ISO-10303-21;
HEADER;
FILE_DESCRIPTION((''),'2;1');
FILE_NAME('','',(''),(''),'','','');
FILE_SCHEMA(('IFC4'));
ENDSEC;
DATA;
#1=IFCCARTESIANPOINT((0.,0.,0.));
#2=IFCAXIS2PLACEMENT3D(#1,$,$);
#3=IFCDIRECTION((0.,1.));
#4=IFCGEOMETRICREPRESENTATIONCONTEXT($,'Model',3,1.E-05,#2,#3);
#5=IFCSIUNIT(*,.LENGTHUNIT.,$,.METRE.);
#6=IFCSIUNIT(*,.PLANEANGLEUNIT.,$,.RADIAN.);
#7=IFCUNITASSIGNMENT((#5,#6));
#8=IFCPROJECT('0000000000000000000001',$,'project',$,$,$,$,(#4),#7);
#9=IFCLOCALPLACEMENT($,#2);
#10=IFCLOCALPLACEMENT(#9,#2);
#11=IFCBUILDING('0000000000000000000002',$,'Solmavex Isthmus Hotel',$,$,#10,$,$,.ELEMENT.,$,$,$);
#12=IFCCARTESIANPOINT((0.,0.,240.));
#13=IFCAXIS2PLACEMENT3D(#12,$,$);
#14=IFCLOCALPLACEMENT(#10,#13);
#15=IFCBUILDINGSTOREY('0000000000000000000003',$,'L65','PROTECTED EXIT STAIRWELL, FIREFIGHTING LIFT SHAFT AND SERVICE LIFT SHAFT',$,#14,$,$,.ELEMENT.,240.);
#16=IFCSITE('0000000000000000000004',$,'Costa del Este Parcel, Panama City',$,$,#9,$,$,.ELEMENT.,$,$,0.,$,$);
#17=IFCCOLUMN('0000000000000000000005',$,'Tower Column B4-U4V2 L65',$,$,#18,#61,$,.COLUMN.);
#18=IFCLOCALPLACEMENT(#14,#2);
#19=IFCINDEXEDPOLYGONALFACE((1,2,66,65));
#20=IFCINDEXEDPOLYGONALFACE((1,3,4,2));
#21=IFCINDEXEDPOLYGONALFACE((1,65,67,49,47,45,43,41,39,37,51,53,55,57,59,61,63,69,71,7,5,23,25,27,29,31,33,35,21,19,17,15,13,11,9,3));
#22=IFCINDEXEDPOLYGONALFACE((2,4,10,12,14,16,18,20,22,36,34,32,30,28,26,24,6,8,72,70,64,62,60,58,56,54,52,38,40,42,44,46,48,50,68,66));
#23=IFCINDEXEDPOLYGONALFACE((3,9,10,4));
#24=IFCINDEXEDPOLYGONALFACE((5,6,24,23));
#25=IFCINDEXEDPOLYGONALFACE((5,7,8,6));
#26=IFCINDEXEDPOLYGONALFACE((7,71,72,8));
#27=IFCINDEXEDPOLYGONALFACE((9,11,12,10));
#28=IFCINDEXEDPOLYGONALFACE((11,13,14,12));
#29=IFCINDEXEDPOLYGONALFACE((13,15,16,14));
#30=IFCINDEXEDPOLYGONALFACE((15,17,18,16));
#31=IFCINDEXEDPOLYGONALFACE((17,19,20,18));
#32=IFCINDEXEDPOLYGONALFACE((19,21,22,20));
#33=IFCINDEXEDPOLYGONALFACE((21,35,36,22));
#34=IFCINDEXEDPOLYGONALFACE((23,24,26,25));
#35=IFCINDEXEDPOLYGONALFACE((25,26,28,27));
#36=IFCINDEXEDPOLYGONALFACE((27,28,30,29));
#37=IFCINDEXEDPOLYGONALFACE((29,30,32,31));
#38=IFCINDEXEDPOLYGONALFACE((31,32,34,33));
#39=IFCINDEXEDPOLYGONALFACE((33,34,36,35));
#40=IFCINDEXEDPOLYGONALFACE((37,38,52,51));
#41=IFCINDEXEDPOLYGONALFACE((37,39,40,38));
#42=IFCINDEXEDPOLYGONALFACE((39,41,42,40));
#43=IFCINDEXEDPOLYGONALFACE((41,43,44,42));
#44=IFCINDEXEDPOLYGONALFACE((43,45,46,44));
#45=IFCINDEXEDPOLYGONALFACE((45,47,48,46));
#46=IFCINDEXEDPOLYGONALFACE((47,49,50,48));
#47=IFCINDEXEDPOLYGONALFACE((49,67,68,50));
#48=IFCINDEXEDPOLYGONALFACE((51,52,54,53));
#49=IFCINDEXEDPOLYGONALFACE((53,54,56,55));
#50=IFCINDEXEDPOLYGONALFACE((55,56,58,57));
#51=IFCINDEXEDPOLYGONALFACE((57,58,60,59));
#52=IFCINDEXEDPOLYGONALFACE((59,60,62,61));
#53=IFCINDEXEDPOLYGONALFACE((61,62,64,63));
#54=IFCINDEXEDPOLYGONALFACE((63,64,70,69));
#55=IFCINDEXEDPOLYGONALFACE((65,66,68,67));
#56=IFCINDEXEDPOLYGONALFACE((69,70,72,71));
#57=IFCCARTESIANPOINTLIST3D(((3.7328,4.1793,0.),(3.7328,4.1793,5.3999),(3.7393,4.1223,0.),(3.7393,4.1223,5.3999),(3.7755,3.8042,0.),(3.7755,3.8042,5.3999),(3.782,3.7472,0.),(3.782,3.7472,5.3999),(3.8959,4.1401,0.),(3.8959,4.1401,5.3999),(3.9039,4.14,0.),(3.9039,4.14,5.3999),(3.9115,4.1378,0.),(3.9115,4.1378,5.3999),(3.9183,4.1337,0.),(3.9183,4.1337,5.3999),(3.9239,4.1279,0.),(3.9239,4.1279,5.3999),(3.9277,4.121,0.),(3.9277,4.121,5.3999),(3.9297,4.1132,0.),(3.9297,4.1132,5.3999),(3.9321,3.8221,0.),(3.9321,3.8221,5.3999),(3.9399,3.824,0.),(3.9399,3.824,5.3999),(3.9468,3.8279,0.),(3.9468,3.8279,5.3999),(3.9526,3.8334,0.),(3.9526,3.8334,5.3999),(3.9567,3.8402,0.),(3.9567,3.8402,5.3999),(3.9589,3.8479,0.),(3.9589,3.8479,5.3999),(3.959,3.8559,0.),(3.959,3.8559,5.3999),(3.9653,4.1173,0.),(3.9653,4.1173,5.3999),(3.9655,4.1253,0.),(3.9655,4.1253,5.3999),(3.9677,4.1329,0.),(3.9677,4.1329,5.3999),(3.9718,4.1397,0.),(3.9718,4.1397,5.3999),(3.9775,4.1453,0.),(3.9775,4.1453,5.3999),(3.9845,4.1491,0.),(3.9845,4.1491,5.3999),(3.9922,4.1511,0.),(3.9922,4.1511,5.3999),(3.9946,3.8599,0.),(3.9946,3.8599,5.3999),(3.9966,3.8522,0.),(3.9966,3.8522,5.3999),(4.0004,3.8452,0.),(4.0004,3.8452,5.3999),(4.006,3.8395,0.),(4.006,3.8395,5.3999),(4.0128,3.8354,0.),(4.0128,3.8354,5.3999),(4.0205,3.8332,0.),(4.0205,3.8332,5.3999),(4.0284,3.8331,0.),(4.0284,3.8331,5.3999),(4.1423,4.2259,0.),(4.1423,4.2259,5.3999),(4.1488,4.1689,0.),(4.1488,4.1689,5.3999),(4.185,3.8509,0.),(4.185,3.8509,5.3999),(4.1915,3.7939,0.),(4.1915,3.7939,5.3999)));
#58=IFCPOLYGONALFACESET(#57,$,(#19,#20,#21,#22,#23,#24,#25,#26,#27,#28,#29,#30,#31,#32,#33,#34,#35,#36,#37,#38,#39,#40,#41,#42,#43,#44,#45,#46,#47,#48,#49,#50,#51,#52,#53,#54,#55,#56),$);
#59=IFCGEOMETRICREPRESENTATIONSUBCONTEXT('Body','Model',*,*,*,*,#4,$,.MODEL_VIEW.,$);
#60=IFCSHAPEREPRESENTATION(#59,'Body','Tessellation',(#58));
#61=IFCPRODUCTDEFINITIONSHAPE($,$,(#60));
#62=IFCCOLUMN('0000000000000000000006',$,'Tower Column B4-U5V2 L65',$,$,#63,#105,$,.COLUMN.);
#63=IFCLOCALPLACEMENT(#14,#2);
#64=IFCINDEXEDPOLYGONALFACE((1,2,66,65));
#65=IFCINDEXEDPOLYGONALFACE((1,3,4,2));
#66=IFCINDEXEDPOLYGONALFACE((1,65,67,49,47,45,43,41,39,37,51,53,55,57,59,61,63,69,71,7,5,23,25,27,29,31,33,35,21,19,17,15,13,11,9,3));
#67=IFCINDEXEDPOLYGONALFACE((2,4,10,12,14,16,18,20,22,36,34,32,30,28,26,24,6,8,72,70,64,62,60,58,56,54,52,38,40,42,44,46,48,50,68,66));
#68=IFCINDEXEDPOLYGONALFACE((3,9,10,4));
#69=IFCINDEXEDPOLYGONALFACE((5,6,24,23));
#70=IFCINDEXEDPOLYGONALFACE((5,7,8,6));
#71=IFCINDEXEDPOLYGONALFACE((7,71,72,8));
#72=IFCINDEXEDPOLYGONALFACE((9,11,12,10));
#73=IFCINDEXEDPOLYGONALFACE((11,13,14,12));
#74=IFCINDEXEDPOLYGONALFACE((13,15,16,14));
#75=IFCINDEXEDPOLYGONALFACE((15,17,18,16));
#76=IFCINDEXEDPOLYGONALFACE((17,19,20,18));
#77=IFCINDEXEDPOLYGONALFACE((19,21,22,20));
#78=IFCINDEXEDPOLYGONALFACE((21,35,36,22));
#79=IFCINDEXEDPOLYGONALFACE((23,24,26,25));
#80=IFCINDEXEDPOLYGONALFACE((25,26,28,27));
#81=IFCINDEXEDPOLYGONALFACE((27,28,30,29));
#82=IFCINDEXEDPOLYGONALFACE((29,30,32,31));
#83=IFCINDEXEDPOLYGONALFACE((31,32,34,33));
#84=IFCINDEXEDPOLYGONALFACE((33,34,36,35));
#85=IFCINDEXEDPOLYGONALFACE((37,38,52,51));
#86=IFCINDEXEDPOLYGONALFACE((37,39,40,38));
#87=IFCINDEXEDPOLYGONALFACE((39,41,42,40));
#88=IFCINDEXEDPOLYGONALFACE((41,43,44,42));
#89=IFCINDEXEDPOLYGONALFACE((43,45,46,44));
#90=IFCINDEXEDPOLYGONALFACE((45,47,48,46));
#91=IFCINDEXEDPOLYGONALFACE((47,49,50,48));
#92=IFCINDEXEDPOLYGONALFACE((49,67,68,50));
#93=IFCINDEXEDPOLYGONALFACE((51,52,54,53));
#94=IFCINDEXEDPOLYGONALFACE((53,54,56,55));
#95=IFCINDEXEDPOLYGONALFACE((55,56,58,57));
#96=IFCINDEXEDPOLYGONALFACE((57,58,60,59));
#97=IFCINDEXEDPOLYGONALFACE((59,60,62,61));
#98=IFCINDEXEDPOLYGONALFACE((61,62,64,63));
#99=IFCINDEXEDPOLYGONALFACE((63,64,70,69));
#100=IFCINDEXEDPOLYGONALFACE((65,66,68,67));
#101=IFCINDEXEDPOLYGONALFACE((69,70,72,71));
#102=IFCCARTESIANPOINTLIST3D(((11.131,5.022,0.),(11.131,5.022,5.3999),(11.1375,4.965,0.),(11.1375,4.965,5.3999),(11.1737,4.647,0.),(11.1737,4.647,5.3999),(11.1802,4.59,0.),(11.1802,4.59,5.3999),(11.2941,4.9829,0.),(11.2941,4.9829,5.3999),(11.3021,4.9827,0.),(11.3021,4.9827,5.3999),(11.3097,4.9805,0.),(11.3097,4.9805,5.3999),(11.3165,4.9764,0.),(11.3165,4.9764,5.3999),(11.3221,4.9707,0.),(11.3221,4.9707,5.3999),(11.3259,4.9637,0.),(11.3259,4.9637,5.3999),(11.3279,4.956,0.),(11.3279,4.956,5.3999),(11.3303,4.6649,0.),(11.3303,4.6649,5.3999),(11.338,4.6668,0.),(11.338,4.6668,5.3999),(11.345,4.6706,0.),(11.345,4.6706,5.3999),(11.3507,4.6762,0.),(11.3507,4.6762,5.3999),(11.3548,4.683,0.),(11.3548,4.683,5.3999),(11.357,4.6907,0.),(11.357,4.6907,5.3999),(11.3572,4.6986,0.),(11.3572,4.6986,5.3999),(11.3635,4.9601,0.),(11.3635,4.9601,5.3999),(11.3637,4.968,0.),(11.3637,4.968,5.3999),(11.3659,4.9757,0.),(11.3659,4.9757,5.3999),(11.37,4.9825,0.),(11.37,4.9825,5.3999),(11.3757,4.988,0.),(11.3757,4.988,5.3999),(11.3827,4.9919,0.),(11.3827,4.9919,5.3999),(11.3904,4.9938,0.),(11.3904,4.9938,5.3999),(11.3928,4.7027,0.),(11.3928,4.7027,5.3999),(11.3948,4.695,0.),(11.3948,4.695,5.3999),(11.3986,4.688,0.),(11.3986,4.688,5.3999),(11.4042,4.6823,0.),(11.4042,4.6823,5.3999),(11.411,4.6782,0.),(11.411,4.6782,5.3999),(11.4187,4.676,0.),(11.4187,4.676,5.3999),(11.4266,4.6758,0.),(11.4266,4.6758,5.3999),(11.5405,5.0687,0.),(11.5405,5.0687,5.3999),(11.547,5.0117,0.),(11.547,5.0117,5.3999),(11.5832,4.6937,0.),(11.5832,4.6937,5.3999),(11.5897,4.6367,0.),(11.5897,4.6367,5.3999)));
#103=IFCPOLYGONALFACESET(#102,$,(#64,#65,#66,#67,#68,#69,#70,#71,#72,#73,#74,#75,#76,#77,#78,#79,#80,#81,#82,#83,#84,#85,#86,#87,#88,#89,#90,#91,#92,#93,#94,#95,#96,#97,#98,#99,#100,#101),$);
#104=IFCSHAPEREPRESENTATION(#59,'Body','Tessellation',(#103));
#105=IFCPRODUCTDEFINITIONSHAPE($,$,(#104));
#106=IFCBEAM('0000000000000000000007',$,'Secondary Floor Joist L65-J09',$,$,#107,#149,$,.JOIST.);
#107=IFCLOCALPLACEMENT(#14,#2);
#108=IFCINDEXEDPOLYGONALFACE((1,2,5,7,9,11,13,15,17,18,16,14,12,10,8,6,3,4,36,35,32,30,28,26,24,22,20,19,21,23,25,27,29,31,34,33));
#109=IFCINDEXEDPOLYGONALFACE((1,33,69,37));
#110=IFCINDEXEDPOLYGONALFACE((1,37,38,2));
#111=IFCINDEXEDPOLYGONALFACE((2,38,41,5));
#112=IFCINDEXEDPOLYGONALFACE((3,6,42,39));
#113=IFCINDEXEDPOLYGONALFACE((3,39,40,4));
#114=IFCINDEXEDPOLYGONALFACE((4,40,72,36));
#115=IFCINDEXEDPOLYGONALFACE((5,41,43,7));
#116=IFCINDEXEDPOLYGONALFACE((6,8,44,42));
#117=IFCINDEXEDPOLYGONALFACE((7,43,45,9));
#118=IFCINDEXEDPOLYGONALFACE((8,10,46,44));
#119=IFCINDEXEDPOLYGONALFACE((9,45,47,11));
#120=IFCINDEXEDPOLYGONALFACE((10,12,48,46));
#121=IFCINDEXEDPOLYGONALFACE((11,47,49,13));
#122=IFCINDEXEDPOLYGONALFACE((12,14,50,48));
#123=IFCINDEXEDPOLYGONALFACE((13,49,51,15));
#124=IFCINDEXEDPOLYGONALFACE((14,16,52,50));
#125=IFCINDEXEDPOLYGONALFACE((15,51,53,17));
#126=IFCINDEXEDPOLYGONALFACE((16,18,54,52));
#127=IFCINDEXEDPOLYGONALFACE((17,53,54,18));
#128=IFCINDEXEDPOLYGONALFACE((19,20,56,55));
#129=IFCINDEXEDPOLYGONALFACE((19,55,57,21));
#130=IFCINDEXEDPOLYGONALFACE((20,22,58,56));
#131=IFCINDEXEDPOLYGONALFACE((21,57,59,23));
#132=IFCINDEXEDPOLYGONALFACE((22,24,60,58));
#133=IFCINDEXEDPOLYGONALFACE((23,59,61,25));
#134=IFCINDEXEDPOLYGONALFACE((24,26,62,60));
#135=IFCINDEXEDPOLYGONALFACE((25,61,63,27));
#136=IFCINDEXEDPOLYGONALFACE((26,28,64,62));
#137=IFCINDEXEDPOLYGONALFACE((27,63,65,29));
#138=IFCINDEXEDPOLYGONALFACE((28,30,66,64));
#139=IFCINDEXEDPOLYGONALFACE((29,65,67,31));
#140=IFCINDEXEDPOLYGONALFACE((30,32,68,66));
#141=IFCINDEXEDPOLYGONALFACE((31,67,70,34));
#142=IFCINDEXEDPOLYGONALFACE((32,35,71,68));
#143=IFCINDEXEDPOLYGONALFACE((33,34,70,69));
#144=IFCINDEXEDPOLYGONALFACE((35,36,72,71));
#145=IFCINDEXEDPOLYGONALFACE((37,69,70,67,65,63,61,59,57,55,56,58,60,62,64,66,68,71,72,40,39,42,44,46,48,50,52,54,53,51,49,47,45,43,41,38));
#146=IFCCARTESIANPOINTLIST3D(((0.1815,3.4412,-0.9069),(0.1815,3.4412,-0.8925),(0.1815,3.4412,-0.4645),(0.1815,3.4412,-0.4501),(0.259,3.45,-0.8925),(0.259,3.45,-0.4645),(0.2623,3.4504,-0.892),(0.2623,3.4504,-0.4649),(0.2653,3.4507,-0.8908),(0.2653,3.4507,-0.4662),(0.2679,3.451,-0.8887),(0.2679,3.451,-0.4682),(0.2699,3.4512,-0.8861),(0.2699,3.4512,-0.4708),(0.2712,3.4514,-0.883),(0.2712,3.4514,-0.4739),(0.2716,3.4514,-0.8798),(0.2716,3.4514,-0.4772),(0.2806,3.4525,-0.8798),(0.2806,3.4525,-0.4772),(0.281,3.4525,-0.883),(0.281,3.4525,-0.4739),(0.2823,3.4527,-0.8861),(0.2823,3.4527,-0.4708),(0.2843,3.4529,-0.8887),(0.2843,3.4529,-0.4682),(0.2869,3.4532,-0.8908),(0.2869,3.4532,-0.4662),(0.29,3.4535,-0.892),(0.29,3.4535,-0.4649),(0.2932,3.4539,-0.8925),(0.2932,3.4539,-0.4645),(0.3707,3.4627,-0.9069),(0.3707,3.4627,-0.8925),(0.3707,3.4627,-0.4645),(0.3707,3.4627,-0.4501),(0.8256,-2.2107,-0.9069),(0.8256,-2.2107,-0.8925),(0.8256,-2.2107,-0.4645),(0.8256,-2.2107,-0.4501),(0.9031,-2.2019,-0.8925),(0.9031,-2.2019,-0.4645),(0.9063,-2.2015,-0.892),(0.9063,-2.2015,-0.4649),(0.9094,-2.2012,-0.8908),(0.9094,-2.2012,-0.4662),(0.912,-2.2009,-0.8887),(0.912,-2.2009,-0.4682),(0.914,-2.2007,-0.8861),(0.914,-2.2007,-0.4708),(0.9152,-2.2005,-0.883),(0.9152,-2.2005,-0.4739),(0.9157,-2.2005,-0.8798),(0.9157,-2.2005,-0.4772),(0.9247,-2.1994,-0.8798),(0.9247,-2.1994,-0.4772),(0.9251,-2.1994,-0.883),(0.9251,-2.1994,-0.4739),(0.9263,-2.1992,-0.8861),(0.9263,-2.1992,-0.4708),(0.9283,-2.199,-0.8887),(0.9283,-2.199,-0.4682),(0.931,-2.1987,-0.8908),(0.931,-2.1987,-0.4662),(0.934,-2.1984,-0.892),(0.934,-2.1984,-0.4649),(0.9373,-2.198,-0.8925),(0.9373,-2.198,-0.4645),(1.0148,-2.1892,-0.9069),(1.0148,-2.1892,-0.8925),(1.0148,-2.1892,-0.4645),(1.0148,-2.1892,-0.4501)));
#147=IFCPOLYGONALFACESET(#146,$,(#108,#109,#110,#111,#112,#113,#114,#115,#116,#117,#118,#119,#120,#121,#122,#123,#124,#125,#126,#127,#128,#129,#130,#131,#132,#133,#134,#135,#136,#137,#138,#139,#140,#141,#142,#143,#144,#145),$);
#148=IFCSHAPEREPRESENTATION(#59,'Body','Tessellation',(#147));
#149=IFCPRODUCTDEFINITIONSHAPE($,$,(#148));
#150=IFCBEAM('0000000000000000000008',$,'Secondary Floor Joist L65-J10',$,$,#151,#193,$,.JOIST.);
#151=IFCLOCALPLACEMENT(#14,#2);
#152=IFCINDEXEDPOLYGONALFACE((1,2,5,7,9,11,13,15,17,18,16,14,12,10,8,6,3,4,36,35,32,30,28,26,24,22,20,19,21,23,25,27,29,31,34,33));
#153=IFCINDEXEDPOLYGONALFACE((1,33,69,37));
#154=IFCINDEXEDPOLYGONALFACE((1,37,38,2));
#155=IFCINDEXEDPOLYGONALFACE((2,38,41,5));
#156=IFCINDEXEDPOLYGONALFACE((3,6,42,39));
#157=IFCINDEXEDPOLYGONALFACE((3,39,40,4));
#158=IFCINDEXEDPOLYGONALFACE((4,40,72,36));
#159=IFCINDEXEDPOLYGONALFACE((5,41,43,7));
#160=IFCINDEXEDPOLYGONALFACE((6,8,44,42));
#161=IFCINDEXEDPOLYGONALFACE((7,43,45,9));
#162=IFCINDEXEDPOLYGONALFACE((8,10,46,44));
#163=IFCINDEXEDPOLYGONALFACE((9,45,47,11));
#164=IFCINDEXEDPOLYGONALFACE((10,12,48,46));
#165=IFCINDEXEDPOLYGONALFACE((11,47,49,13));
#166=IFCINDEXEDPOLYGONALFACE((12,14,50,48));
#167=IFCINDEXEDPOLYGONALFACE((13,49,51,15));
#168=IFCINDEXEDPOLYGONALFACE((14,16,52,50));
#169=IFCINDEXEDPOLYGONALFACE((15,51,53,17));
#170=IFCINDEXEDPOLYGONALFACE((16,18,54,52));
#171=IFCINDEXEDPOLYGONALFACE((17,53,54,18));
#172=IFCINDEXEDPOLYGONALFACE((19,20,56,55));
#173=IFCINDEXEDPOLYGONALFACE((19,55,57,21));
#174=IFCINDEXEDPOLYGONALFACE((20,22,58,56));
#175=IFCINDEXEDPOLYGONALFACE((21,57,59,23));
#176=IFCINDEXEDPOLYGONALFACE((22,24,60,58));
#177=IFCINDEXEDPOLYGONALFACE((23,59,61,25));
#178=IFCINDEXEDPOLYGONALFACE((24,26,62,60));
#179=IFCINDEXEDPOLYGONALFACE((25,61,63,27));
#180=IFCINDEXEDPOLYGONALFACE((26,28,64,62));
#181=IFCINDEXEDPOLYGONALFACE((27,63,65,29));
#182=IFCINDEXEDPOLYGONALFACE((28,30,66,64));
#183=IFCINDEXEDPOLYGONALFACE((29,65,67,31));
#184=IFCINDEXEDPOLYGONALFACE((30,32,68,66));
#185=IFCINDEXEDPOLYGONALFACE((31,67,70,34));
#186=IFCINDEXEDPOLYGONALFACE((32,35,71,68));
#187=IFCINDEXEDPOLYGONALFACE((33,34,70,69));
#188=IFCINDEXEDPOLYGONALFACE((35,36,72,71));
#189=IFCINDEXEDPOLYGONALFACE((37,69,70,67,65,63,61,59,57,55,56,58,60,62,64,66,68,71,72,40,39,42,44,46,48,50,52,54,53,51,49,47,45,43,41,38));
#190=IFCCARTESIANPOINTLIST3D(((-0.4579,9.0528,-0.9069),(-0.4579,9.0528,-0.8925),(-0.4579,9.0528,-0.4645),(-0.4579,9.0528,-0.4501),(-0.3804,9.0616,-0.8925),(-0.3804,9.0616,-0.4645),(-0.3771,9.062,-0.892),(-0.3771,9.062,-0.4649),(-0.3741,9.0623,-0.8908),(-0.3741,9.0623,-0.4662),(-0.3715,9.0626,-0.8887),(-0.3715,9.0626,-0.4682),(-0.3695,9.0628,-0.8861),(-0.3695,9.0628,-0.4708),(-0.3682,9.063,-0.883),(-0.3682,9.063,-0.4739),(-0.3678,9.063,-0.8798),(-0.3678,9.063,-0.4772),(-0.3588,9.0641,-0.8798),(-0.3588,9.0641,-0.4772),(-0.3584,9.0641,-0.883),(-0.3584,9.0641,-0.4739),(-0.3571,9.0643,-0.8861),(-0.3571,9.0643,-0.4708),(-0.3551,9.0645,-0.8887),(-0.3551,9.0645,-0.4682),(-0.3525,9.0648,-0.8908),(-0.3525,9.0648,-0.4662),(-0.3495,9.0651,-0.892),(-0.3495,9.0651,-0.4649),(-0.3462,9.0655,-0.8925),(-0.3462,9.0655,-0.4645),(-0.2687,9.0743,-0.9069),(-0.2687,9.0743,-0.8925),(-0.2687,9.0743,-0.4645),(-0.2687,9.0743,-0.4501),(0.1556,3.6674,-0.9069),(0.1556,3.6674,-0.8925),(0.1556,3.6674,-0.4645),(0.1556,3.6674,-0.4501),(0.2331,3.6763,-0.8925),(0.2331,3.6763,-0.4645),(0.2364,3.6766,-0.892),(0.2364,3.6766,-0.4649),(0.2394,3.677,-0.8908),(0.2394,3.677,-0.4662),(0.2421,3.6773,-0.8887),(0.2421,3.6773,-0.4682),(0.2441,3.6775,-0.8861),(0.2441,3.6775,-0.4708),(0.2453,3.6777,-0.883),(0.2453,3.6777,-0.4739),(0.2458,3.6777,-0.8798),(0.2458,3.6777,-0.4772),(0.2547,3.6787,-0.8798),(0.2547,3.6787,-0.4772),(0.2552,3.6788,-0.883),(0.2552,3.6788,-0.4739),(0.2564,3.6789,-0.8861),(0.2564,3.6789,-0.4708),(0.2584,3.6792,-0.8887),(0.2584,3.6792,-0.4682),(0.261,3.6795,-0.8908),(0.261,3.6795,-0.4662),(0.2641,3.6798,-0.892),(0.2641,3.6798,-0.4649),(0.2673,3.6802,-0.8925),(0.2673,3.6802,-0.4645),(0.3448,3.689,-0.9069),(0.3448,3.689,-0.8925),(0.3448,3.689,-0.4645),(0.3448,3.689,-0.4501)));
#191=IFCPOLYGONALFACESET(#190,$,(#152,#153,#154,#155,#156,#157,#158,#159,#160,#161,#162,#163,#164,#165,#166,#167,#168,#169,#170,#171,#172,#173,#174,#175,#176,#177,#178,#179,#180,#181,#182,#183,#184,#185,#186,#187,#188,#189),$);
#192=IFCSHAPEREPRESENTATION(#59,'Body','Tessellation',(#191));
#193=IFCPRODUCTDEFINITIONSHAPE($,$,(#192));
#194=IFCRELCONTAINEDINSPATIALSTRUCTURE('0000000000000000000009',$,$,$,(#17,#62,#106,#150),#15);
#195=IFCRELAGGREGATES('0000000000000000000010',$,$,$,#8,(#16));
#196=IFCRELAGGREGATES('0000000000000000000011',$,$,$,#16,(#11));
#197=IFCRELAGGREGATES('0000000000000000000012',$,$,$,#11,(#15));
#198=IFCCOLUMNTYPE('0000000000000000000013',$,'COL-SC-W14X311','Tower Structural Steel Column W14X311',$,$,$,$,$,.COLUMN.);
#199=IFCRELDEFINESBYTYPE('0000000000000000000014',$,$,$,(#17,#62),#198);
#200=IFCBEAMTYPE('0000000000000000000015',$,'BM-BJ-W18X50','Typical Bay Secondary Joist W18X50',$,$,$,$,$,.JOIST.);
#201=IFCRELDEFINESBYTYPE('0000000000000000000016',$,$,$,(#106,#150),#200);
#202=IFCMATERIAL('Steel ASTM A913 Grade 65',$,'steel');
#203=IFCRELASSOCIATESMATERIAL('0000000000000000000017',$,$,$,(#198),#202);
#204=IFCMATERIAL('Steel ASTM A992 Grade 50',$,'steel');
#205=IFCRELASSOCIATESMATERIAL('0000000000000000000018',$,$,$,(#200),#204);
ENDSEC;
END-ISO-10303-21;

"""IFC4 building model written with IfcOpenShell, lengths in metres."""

from ifc_helpers import new_model, si_unit, direction, frame, origin, origin_2d, place, context, subcontext, project, spatial, i_section, extrude, material, material_profile, profile_set, type_object, element, save


model = new_model("IFC4")

# Units and contexts
model_context = context("Model", 3, precision=1e-05, world=origin(), true_north=direction((0.0, 1.0)))
body_context = subcontext(model_context, "Body", "Model", "MODEL_VIEW")
ifc_project = project(units=[si_unit("LENGTHUNIT", "METRE"), si_unit("PLANEANGLEUNIT", "RADIAN")], contexts=[model_context])

# Site, building, storey
site_placement = place(None, origin())
site = spatial("IfcSite", under=ifc_project, at=site_placement, Name="Costa del Este Parcel, Panama City", CompositionType="ELEMENT", RefElevation=0.0)
building_placement = place(site_placement, origin())
building = spatial("IfcBuilding", under=site, at=building_placement, Name="Solmavex Isthmus Hotel", CompositionType="ELEMENT")
storey_placement = place(building_placement, frame((0.0, 0.0, 240.0)))
storey = spatial("IfcBuildingStorey", under=building, at=storey_placement, Name="L65", Description="PROTECTED EXIT STAIRWELL, FIREFIGHTING LIFT SHAFT AND SERVICE LIFT SHAFT", CompositionType="ELEMENT", Elevation=240.0)

# Columns
ifc_material_1 = material(Name="Steel ASTM A913 Grade 65", Category="steel")
ifc_material_profile_1 = material_profile(ifc_material_1, i_section(OverallWidth=0.4121, OverallDepth=0.4348, WebThickness=0.0359, FlangeThickness=0.0574, FilletRadius=0.0305, at=origin_2d()), Name="W14X311")
ifc_profile_set_1 = profile_set([ifc_material_profile_1], Name="Steel ASTM A913 Grade 65")
column_type = type_object("IfcColumnType", Name="COL-SC-W14X311", Description="Tower Structural Steel Column W14X311", PredefinedType="COLUMN", material=ifc_profile_set_1)
for number, where, z_axis, x_axis, name in (
    (1, (3.9622, 3.9866, 0.0), (0.0, 0.0, 1.0), (0.993572, 0.113203, 0.0), "Tower Column B4-U4V2 L65"),
    (2, (11.3604, 4.8293, 0.0), (0.0, 0.0, 1.0), (0.993572, 0.113203, 0.0), "Tower Column B4-U5V2 L65"),
):
    element("IfcColumn", number, at=place(storey_placement, frame(where, z_axis=z_axis, x_axis=x_axis)), inside=storey, type_object=column_type, Name=name, PredefinedType="COLUMN", context=body_context, shape_type="SweptSolid", body=[
        extrude(i_section(OverallWidth=0.4121, OverallDepth=0.4348, WebThickness=0.0359, FlangeThickness=0.0574, FilletRadius=0.0305, at=origin_2d()), origin(), (0.0, 0.0, 1.0), 5.3999),
    ])

# Beams
ifc_material_2 = material(Name="Steel ASTM A992 Grade 50", Category="steel")
ifc_material_profile_2 = material_profile(ifc_material_2, i_section(OverallWidth=0.1904, OverallDepth=0.4568, WebThickness=0.009, FlangeThickness=0.0144, FilletRadius=0.0127, at=origin_2d()), Name="W18X50")
ifc_profile_set_2 = profile_set([ifc_material_profile_2], Name="Steel ASTM A992 Grade 50")
beam_type_1 = type_object("IfcBeamType", Name="BM-BJ-W18X50", Description="Typical Bay Secondary Joist W18X50", PredefinedType="JOIST", material=ifc_profile_set_2)
beam_1_placement = place(storey_placement, frame((0.9202, -2.2, -0.6785), z_axis=(-0.11322, 0.99357, 0.0), x_axis=(-0.99357, -0.11322, 0.0)))
element("IfcBeam", 3, at=beam_1_placement, inside=storey, type_object=beam_type_1, Name="Secondary Floor Joist L65-J09", PredefinedType="JOIST", context=body_context, shape_type="SweptSolid", body=[
    extrude(i_section(OverallWidth=0.1904, OverallDepth=0.4568, WebThickness=0.009, FlangeThickness=0.0144, FilletRadius=0.0127, at=origin_2d()), origin(), (0.0, 0.0, 1.0), 5.6885),
])
beam_2_placement = place(storey_placement, frame((0.2502, 3.6782, -0.6785), z_axis=(-0.113195, 0.993573, 0.0), x_axis=(-0.993573, -0.113195, 0.0)))
element("IfcBeam", 4, at=beam_2_placement, inside=storey, type_object=beam_type_1, Name="Secondary Floor Joist L65-J10", PredefinedType="JOIST", context=body_context, shape_type="SweptSolid", body=[
    extrude(i_section(OverallWidth=0.1904, OverallDepth=0.4568, WebThickness=0.009, FlangeThickness=0.0144, FilletRadius=0.0127, at=origin_2d()), origin(), (0.0, 0.0, 1.0), 5.4202),
])

save(model, "model.ifc")
